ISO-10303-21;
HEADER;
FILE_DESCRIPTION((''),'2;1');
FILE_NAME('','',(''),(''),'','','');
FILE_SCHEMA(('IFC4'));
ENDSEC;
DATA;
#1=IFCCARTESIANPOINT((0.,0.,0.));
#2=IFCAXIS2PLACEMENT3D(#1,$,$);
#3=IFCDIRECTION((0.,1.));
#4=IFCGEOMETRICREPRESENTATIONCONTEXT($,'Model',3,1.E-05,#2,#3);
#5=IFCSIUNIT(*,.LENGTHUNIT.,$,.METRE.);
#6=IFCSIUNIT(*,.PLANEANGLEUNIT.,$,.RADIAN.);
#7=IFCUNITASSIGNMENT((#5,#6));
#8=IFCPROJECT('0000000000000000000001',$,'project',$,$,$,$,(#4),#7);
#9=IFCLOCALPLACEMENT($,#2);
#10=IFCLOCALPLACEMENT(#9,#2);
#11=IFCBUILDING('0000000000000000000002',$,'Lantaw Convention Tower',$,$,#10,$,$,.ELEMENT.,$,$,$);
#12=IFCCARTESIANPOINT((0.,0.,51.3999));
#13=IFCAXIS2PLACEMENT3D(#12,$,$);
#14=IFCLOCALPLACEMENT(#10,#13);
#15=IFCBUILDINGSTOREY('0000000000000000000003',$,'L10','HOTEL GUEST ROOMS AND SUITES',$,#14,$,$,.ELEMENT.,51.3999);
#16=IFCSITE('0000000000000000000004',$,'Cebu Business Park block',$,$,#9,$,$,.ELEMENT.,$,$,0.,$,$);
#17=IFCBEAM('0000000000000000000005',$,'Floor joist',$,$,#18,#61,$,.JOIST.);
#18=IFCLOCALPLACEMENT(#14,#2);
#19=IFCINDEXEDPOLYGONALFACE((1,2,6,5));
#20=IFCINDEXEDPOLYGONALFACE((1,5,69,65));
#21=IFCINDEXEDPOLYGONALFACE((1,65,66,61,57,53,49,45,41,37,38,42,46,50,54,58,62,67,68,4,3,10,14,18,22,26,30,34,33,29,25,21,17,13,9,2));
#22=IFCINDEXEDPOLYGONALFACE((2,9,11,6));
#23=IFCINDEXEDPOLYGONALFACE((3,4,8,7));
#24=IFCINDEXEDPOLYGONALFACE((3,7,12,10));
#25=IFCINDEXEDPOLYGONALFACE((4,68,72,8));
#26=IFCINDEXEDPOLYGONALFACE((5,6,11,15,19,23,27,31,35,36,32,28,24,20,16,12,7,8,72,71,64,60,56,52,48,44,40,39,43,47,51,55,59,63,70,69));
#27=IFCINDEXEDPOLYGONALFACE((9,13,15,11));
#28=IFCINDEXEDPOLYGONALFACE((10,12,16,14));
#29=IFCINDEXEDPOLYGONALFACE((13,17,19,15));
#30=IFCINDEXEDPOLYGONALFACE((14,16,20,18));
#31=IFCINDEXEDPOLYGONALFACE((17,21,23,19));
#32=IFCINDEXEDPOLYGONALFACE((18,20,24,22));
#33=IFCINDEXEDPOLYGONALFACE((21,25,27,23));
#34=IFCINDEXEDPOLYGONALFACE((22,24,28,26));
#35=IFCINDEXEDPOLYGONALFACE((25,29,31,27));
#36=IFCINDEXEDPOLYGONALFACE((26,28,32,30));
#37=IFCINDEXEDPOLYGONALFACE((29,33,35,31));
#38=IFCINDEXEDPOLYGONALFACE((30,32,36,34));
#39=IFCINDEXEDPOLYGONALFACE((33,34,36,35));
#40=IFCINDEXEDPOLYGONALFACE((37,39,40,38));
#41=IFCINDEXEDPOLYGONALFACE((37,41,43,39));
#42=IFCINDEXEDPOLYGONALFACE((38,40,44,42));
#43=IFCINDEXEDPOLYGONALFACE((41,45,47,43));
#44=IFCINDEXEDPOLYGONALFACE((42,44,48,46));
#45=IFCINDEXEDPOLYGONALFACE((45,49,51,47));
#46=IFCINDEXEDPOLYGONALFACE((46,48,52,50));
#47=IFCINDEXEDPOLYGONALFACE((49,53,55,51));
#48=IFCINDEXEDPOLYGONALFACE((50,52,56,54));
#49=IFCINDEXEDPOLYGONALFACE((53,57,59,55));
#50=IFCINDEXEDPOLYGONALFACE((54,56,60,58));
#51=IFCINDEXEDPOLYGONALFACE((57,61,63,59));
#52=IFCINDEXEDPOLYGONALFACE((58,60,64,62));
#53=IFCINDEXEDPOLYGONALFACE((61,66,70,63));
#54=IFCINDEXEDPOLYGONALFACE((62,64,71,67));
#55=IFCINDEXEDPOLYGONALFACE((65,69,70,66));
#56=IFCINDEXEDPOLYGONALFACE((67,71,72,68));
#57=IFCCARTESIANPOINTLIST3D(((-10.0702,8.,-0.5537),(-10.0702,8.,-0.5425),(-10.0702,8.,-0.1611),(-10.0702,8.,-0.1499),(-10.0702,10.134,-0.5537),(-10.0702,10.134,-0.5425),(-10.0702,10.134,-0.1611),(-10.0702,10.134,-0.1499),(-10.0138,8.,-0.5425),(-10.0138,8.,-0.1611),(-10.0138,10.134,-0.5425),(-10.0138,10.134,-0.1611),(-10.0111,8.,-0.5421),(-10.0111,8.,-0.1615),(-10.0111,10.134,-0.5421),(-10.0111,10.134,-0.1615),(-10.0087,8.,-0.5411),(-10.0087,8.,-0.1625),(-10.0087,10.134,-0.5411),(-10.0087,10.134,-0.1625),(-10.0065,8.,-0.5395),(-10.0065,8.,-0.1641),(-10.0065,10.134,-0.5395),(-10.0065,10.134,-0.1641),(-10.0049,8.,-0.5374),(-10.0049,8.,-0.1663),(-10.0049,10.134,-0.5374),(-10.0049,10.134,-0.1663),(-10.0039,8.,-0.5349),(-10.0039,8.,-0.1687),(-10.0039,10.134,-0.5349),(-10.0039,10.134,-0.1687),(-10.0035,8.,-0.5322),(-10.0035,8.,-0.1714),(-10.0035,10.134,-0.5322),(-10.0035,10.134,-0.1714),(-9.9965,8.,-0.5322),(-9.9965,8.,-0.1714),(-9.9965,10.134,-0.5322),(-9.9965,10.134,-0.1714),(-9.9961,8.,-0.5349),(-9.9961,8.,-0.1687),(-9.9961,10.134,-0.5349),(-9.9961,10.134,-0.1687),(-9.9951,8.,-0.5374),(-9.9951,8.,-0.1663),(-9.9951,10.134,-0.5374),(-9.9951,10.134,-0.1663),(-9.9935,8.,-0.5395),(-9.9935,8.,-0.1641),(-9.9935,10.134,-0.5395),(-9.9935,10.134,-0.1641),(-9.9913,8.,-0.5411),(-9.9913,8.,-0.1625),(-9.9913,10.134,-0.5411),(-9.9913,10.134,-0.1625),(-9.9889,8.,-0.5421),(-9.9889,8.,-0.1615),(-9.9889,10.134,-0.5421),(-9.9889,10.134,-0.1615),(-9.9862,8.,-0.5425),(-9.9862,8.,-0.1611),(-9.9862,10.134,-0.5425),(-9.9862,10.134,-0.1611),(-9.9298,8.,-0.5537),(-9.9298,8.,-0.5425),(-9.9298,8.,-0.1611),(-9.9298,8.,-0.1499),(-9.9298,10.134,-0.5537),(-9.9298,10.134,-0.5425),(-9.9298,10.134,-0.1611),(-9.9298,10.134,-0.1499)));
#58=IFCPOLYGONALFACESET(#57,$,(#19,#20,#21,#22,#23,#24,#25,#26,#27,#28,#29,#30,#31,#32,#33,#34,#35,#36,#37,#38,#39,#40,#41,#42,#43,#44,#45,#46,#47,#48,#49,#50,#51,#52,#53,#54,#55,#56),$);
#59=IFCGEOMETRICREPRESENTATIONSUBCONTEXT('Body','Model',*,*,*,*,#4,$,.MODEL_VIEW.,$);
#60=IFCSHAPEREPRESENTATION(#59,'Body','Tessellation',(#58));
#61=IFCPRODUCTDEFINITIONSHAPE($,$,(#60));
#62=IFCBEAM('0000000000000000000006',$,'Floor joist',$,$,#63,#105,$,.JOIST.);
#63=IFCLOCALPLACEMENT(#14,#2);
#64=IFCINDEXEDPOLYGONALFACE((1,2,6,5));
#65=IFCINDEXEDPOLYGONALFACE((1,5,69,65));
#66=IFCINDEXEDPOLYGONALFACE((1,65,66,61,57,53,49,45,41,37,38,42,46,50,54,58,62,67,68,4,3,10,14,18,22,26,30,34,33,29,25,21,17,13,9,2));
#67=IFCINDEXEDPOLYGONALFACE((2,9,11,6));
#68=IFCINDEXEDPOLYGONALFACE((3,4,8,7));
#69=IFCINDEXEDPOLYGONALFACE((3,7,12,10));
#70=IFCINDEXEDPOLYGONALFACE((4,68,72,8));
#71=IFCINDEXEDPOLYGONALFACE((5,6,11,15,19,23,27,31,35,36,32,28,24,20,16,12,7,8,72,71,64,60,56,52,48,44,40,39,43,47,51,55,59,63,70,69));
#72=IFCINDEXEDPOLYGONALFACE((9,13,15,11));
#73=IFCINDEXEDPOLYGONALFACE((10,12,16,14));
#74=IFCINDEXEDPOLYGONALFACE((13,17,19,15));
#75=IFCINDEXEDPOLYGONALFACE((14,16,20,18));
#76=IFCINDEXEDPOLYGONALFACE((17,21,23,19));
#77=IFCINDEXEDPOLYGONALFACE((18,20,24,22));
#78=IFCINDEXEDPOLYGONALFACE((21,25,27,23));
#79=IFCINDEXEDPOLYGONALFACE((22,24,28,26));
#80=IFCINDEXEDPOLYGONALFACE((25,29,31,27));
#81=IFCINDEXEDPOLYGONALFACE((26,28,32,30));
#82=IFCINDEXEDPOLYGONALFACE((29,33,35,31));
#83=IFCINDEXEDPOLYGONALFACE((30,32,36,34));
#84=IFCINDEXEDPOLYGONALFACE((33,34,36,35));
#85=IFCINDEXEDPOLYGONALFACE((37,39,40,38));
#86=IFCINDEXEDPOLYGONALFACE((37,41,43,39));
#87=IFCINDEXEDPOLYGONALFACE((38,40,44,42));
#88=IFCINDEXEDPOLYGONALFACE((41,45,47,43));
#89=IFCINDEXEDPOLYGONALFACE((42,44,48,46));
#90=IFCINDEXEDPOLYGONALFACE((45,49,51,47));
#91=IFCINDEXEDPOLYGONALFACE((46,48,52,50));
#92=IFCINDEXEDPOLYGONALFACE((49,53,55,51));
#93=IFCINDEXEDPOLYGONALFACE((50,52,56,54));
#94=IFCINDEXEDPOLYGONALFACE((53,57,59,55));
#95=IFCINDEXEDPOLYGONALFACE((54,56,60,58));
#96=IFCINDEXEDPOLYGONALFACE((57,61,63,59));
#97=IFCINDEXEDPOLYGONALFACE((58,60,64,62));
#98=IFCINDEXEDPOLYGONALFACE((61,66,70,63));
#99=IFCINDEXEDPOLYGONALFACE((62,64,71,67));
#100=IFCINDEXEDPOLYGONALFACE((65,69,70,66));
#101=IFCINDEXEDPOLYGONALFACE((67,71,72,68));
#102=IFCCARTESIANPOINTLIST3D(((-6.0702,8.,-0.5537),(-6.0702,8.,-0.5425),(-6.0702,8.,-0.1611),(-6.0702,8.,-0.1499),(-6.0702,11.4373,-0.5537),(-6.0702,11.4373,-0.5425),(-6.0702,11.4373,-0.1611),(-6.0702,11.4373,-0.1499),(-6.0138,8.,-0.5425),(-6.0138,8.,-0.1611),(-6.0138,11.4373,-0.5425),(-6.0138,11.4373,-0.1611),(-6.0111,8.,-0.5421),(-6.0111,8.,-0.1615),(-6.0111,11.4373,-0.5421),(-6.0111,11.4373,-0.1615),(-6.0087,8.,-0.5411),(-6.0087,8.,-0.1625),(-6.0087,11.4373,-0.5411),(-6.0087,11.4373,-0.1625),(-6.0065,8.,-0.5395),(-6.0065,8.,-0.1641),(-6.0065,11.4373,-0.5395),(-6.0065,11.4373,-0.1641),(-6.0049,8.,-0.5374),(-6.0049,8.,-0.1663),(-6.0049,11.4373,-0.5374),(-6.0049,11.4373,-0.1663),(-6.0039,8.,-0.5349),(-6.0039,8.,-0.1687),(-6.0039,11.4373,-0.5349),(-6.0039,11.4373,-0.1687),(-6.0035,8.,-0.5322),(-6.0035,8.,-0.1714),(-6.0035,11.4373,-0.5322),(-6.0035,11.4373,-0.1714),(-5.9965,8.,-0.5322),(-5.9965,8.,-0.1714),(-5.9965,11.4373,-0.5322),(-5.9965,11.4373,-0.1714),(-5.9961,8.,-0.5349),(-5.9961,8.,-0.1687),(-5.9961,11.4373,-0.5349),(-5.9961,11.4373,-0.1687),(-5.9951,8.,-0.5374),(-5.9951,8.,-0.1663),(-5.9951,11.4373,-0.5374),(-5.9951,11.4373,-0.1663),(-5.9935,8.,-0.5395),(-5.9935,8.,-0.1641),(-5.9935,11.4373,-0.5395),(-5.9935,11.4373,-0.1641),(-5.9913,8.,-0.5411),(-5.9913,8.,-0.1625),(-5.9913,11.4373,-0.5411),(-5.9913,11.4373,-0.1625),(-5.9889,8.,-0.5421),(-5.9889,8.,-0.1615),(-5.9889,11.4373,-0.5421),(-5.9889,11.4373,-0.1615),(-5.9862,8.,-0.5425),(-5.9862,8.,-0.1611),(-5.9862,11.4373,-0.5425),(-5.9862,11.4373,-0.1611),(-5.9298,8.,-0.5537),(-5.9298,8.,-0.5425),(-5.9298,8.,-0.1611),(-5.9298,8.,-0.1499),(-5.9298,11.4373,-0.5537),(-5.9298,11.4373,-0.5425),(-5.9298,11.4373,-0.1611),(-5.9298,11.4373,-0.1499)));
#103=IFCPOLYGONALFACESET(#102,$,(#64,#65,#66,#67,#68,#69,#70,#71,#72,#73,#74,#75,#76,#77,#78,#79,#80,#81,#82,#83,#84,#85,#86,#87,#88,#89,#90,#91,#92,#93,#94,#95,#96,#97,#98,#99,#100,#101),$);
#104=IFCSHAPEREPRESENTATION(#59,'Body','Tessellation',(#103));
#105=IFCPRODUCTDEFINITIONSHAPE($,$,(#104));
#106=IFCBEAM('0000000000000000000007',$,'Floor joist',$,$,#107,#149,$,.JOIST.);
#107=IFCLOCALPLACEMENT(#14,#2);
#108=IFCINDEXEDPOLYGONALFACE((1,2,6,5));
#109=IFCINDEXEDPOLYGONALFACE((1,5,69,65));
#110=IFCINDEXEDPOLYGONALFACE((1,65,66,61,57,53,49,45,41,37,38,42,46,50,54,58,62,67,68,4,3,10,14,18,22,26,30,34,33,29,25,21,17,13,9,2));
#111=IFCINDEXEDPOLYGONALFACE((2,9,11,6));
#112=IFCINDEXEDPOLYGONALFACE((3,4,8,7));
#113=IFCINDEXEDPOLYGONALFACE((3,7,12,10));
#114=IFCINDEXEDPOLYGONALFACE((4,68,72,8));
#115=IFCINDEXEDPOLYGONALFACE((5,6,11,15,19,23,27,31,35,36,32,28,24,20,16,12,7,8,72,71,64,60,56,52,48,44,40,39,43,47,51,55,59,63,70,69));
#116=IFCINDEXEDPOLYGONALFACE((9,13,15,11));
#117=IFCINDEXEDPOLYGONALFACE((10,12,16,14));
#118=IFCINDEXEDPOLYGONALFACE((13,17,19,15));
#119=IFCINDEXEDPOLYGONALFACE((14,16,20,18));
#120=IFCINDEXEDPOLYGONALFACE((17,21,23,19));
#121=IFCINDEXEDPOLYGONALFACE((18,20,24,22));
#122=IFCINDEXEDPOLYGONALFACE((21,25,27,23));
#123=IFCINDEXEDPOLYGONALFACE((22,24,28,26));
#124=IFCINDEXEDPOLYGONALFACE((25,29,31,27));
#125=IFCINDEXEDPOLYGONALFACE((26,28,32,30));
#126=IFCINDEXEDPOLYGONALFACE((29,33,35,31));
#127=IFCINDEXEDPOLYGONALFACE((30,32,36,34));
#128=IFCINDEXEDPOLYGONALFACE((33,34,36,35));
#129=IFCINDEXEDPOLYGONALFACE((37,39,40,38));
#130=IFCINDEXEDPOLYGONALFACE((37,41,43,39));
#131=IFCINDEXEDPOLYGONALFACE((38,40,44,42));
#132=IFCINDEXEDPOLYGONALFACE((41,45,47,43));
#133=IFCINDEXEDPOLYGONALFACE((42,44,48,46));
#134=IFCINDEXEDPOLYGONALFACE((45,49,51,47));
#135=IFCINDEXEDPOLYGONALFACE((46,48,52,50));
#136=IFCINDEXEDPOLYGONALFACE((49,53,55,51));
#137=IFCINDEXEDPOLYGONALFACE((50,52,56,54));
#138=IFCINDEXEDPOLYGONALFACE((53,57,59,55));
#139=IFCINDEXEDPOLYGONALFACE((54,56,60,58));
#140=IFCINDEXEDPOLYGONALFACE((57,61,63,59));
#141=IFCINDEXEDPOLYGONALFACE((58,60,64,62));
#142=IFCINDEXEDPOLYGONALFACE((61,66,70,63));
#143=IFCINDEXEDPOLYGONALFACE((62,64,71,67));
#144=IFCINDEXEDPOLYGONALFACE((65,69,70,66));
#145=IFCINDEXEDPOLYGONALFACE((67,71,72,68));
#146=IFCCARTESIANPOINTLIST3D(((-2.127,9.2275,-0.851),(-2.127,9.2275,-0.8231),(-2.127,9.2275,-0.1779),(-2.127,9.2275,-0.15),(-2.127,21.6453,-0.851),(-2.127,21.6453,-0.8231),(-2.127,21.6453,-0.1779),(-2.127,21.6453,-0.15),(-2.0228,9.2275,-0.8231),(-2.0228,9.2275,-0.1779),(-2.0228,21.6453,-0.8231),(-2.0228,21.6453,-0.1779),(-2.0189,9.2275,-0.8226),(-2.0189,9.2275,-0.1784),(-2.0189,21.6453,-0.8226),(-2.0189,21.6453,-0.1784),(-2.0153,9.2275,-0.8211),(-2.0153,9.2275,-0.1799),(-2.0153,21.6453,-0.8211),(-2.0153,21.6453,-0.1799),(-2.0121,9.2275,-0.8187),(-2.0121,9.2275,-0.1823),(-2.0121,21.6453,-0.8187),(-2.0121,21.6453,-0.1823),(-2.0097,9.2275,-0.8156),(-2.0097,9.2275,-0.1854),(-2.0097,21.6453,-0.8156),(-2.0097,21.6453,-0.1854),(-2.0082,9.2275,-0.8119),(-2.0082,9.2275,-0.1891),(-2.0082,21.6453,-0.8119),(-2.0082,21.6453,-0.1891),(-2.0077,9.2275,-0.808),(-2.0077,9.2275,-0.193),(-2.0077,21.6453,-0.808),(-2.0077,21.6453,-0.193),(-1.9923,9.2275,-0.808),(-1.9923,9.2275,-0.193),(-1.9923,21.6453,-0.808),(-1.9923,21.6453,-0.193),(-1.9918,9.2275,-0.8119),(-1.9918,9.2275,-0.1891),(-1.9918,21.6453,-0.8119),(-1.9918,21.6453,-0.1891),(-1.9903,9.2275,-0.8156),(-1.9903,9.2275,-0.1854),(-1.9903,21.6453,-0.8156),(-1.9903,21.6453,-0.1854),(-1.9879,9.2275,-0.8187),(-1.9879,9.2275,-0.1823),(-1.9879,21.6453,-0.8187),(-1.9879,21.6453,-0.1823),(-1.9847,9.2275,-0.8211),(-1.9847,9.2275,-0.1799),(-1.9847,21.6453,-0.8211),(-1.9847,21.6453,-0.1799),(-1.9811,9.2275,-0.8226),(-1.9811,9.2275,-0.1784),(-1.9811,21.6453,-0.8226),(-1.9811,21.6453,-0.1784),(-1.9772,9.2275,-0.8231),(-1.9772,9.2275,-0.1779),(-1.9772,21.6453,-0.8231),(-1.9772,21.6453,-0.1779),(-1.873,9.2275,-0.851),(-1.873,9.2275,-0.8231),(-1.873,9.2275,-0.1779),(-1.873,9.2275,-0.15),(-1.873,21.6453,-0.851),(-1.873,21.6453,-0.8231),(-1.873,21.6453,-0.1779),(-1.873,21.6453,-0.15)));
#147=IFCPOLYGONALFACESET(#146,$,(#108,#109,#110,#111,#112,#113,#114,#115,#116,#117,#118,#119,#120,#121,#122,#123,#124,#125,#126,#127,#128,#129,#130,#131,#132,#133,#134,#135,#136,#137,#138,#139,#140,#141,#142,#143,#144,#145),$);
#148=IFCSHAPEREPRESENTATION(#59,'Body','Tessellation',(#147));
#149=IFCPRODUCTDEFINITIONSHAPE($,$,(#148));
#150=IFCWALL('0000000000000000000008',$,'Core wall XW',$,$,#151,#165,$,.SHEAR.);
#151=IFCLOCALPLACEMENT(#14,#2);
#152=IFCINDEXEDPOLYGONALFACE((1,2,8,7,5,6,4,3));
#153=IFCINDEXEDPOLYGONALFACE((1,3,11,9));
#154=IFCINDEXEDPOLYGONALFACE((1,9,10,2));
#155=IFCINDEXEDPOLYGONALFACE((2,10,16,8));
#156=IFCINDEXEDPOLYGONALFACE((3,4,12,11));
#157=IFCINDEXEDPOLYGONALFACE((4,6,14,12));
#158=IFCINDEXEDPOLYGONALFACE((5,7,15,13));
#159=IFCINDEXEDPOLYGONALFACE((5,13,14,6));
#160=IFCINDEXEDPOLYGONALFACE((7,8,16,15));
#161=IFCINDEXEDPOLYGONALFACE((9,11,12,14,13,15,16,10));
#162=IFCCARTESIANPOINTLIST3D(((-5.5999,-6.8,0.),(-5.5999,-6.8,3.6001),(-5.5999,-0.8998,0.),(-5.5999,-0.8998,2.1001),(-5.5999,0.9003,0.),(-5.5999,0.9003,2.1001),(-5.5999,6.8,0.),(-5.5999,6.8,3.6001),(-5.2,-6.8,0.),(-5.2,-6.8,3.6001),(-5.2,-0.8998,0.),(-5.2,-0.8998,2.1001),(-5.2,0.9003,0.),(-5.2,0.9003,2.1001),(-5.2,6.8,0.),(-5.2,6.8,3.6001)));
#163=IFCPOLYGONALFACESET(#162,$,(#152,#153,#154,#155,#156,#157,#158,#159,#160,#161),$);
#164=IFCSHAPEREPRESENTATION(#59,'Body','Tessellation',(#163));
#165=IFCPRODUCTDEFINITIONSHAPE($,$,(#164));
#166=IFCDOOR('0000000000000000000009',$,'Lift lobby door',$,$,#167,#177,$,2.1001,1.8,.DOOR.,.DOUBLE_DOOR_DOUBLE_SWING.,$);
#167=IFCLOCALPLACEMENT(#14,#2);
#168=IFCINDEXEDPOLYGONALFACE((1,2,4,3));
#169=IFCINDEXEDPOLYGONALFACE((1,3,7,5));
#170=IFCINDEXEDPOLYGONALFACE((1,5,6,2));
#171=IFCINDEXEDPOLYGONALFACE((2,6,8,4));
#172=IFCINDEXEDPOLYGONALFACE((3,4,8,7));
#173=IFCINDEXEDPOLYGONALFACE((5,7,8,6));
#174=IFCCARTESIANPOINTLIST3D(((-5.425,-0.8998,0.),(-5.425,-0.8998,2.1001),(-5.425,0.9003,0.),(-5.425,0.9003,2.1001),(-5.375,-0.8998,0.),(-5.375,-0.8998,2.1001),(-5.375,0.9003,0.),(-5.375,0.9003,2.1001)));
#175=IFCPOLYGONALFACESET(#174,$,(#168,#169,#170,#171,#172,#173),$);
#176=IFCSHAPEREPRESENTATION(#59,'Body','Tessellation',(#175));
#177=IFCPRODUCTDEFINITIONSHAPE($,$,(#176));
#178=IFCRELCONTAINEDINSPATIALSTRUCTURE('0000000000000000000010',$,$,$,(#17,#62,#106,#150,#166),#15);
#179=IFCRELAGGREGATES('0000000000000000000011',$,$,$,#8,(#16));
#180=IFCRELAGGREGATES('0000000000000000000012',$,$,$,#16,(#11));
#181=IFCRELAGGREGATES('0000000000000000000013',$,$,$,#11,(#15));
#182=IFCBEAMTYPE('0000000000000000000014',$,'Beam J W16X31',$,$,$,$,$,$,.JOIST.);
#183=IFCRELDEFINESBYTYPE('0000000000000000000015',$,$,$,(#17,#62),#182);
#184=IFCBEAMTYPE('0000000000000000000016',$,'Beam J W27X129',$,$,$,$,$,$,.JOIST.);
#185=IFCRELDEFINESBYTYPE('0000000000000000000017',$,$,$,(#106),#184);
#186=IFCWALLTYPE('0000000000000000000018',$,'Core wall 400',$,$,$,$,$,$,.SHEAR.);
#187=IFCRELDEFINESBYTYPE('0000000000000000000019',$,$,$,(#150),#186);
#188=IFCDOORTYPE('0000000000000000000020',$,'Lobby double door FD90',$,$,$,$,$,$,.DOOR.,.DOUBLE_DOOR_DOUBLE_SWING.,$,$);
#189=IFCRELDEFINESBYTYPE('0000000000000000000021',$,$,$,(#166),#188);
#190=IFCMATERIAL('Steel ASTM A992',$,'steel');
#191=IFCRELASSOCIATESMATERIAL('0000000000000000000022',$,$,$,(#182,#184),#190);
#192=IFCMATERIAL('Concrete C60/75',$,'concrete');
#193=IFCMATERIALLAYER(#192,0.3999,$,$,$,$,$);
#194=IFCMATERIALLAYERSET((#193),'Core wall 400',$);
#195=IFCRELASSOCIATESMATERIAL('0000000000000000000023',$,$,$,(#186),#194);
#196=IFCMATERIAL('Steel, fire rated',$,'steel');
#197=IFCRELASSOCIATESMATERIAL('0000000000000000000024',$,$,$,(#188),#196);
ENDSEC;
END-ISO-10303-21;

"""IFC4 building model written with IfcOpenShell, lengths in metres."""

from ifc_helpers import new_model, si_unit, direction, frame, frame_2d, origin, origin_2d, place, context, subcontext, project, spatial, rectangle, i_section, extrude, material, layer, layer_set, material_profile, profile_set, type_object, element, fill, save


model = new_model("IFC4")

# Units and contexts
model_context = context("Model", 3, precision=1e-05, world=origin(), true_north=direction((0.0, 1.0)))
body_context = subcontext(model_context, "Body", "Model", "MODEL_VIEW")
ifc_project = project(units=[si_unit("LENGTHUNIT", "METRE"), si_unit("PLANEANGLEUNIT", "RADIAN")], contexts=[model_context])

# Site, building, storey
site_placement = place(None, origin())
site = spatial("IfcSite", under=ifc_project, at=site_placement, Name="Cebu Business Park block", CompositionType="ELEMENT", RefElevation=0.0)
building_placement = place(site_placement, origin())
building = spatial("IfcBuilding", under=site, at=building_placement, Name="Lantaw Convention Tower", CompositionType="ELEMENT")
storey_placement = place(building_placement, frame((0.0, 0.0, 51.3999)))
storey = spatial("IfcBuildingStorey", under=building, at=storey_placement, Name="L10", Description="HOTEL GUEST ROOMS AND SUITES", CompositionType="ELEMENT", Elevation=51.3999)

# Beams
ifc_material_1 = material(Name="Steel ASTM A992", Category="steel")
ifc_material_profile_1 = material_profile(ifc_material_1, i_section(OverallWidth=0.1404, OverallDepth=0.4038, WebThickness=0.0071, FlangeThickness=0.0112, FilletRadius=0.0103, at=origin_2d()), Name="W16X31")
ifc_profile_set_1 = profile_set([ifc_material_profile_1], Name="Steel ASTM A992")
beam_type_1 = type_object("IfcBeamType", Name="Beam J W16X31", PredefinedType="JOIST", material=ifc_profile_set_1)
beam_1_placement = place(storey_placement, frame((-10.0, 8.0, -0.3518), z_axis=(0.0, 1.0, 0.0), x_axis=(-1.0, 0.0, 0.0)))
element("IfcBeam", 1, at=beam_1_placement, inside=storey, type_object=beam_type_1, Name="Floor joist", PredefinedType="JOIST", context=body_context, shape_type="SweptSolid", body=[
    extrude(i_section(OverallWidth=0.1404, OverallDepth=0.4038, WebThickness=0.0071, FlangeThickness=0.0112, FilletRadius=0.0103, at=origin_2d()), origin(), (0.0, 0.0, 1.0), 2.134),
])
beam_2_placement = place(storey_placement, frame((-6.0, 8.0, -0.3518), z_axis=(0.0, 1.0, 0.0), x_axis=(-1.0, 0.0, 0.0)))
element("IfcBeam", 2, at=beam_2_placement, inside=storey, type_object=beam_type_1, Name="Floor joist", PredefinedType="JOIST", context=body_context, shape_type="SweptSolid", body=[
    extrude(i_section(OverallWidth=0.1404, OverallDepth=0.4038, WebThickness=0.0071, FlangeThickness=0.0112, FilletRadius=0.0103, at=origin_2d()), origin(), (0.0, 0.0, 1.0), 3.4373),
])
ifc_material_profile_2 = material_profile(ifc_material_1, i_section(OverallWidth=0.2539, OverallDepth=0.7009, WebThickness=0.0154, FlangeThickness=0.0278, FilletRadius=0.0151, at=origin_2d()), Name="W27X129")
ifc_profile_set_2 = profile_set([ifc_material_profile_2], Name="Steel ASTM A992")
beam_type_2 = type_object("IfcBeamType", Name="Beam J W27X129", PredefinedType="JOIST", material=ifc_profile_set_2)
beam_3_placement = place(storey_placement, frame((-2.0, 9.2275, -0.5005), z_axis=(0.0, 1.0, 0.0), x_axis=(-1.0, 0.0, 0.0)))
element("IfcBeam", 3, at=beam_3_placement, inside=storey, type_object=beam_type_2, Name="Floor joist", PredefinedType="JOIST", context=body_context, shape_type="SweptSolid", body=[
    extrude(i_section(OverallWidth=0.2539, OverallDepth=0.7009, WebThickness=0.0154, FlangeThickness=0.0278, FilletRadius=0.0151, at=origin_2d()), origin(), (0.0, 0.0, 1.0), 12.4177),
])

# Wall, opening, door
ifc_material_2 = material(Name="Concrete C60/75", Category="concrete")
ifc_layer_1 = layer(ifc_material_2, 0.3999)
ifc_layer_set_1 = layer_set([ifc_layer_1], Name="Core wall 400")
wall_type_1 = type_object("IfcWallType", Name="Core wall 400", PredefinedType="SHEAR", material=ifc_layer_set_1)
wall_1_placement = place(storey_placement, frame((-5.3999, 6.8, 0.0), z_axis=(0.0, 0.0, 1.0), x_axis=(0.0, -1.0, 0.0)))
wall_1 = element("IfcWall", 4, at=wall_1_placement, inside=storey, type_object=wall_type_1, Name="Core wall XW", PredefinedType="SHEAR", context=body_context, shape_type="SweptSolid", body=[
    extrude(rectangle(XDim=13.6001, YDim=0.3999, at=frame_2d((6.8, 0.0))), origin(), (0.0, 0.0, 1.0), 3.6001),
])
opening_placement = place(wall_1_placement, frame((5.8999, 0.0, 0.0)))
opening = element("IfcOpeningElement", 5, at=opening_placement, cuts=wall_1, PredefinedType="OPENING", context=body_context, shape_type="SweptSolid", body=[
    extrude(rectangle(XDim=1.8, YDim=2.1001, at=frame_2d((0.8999, 1.05))), frame((0.0, 0.21, 0.0), z_axis=(0.0, -1.0, 0.0), x_axis=(1.0, 0.0, 0.0)), (0.0, 0.0, 1.0), 0.4199),
])
ifc_material_3 = material(Name="Steel, fire rated", Category="steel")
door_type = type_object("IfcDoorType", Name="Lobby double door FD90", OperationType="DOUBLE_DOOR_DOUBLE_SWING", PredefinedType="DOOR", material=ifc_material_3)
door_placement = place(opening_placement, origin())
door = element("IfcDoor", 6, at=door_placement, inside=storey, type_object=door_type, Name="Lift lobby door", OperationType="DOUBLE_DOOR_DOUBLE_SWING", OverallHeight=2.1001, OverallWidth=1.8, PredefinedType="DOOR", context=body_context, shape_type="SweptSolid", body=[
    extrude(rectangle(XDim=1.8, YDim=2.1001, at=frame_2d((0.8999, 1.05))), frame((0.0, 0.0249, 0.0), z_axis=(0.0, -1.0, 0.0), x_axis=(1.0, 0.0, 0.0)), (0.0, 0.0, 1.0), 0.05),
])
fill(opening, door)

save(model, "model.ifc")
